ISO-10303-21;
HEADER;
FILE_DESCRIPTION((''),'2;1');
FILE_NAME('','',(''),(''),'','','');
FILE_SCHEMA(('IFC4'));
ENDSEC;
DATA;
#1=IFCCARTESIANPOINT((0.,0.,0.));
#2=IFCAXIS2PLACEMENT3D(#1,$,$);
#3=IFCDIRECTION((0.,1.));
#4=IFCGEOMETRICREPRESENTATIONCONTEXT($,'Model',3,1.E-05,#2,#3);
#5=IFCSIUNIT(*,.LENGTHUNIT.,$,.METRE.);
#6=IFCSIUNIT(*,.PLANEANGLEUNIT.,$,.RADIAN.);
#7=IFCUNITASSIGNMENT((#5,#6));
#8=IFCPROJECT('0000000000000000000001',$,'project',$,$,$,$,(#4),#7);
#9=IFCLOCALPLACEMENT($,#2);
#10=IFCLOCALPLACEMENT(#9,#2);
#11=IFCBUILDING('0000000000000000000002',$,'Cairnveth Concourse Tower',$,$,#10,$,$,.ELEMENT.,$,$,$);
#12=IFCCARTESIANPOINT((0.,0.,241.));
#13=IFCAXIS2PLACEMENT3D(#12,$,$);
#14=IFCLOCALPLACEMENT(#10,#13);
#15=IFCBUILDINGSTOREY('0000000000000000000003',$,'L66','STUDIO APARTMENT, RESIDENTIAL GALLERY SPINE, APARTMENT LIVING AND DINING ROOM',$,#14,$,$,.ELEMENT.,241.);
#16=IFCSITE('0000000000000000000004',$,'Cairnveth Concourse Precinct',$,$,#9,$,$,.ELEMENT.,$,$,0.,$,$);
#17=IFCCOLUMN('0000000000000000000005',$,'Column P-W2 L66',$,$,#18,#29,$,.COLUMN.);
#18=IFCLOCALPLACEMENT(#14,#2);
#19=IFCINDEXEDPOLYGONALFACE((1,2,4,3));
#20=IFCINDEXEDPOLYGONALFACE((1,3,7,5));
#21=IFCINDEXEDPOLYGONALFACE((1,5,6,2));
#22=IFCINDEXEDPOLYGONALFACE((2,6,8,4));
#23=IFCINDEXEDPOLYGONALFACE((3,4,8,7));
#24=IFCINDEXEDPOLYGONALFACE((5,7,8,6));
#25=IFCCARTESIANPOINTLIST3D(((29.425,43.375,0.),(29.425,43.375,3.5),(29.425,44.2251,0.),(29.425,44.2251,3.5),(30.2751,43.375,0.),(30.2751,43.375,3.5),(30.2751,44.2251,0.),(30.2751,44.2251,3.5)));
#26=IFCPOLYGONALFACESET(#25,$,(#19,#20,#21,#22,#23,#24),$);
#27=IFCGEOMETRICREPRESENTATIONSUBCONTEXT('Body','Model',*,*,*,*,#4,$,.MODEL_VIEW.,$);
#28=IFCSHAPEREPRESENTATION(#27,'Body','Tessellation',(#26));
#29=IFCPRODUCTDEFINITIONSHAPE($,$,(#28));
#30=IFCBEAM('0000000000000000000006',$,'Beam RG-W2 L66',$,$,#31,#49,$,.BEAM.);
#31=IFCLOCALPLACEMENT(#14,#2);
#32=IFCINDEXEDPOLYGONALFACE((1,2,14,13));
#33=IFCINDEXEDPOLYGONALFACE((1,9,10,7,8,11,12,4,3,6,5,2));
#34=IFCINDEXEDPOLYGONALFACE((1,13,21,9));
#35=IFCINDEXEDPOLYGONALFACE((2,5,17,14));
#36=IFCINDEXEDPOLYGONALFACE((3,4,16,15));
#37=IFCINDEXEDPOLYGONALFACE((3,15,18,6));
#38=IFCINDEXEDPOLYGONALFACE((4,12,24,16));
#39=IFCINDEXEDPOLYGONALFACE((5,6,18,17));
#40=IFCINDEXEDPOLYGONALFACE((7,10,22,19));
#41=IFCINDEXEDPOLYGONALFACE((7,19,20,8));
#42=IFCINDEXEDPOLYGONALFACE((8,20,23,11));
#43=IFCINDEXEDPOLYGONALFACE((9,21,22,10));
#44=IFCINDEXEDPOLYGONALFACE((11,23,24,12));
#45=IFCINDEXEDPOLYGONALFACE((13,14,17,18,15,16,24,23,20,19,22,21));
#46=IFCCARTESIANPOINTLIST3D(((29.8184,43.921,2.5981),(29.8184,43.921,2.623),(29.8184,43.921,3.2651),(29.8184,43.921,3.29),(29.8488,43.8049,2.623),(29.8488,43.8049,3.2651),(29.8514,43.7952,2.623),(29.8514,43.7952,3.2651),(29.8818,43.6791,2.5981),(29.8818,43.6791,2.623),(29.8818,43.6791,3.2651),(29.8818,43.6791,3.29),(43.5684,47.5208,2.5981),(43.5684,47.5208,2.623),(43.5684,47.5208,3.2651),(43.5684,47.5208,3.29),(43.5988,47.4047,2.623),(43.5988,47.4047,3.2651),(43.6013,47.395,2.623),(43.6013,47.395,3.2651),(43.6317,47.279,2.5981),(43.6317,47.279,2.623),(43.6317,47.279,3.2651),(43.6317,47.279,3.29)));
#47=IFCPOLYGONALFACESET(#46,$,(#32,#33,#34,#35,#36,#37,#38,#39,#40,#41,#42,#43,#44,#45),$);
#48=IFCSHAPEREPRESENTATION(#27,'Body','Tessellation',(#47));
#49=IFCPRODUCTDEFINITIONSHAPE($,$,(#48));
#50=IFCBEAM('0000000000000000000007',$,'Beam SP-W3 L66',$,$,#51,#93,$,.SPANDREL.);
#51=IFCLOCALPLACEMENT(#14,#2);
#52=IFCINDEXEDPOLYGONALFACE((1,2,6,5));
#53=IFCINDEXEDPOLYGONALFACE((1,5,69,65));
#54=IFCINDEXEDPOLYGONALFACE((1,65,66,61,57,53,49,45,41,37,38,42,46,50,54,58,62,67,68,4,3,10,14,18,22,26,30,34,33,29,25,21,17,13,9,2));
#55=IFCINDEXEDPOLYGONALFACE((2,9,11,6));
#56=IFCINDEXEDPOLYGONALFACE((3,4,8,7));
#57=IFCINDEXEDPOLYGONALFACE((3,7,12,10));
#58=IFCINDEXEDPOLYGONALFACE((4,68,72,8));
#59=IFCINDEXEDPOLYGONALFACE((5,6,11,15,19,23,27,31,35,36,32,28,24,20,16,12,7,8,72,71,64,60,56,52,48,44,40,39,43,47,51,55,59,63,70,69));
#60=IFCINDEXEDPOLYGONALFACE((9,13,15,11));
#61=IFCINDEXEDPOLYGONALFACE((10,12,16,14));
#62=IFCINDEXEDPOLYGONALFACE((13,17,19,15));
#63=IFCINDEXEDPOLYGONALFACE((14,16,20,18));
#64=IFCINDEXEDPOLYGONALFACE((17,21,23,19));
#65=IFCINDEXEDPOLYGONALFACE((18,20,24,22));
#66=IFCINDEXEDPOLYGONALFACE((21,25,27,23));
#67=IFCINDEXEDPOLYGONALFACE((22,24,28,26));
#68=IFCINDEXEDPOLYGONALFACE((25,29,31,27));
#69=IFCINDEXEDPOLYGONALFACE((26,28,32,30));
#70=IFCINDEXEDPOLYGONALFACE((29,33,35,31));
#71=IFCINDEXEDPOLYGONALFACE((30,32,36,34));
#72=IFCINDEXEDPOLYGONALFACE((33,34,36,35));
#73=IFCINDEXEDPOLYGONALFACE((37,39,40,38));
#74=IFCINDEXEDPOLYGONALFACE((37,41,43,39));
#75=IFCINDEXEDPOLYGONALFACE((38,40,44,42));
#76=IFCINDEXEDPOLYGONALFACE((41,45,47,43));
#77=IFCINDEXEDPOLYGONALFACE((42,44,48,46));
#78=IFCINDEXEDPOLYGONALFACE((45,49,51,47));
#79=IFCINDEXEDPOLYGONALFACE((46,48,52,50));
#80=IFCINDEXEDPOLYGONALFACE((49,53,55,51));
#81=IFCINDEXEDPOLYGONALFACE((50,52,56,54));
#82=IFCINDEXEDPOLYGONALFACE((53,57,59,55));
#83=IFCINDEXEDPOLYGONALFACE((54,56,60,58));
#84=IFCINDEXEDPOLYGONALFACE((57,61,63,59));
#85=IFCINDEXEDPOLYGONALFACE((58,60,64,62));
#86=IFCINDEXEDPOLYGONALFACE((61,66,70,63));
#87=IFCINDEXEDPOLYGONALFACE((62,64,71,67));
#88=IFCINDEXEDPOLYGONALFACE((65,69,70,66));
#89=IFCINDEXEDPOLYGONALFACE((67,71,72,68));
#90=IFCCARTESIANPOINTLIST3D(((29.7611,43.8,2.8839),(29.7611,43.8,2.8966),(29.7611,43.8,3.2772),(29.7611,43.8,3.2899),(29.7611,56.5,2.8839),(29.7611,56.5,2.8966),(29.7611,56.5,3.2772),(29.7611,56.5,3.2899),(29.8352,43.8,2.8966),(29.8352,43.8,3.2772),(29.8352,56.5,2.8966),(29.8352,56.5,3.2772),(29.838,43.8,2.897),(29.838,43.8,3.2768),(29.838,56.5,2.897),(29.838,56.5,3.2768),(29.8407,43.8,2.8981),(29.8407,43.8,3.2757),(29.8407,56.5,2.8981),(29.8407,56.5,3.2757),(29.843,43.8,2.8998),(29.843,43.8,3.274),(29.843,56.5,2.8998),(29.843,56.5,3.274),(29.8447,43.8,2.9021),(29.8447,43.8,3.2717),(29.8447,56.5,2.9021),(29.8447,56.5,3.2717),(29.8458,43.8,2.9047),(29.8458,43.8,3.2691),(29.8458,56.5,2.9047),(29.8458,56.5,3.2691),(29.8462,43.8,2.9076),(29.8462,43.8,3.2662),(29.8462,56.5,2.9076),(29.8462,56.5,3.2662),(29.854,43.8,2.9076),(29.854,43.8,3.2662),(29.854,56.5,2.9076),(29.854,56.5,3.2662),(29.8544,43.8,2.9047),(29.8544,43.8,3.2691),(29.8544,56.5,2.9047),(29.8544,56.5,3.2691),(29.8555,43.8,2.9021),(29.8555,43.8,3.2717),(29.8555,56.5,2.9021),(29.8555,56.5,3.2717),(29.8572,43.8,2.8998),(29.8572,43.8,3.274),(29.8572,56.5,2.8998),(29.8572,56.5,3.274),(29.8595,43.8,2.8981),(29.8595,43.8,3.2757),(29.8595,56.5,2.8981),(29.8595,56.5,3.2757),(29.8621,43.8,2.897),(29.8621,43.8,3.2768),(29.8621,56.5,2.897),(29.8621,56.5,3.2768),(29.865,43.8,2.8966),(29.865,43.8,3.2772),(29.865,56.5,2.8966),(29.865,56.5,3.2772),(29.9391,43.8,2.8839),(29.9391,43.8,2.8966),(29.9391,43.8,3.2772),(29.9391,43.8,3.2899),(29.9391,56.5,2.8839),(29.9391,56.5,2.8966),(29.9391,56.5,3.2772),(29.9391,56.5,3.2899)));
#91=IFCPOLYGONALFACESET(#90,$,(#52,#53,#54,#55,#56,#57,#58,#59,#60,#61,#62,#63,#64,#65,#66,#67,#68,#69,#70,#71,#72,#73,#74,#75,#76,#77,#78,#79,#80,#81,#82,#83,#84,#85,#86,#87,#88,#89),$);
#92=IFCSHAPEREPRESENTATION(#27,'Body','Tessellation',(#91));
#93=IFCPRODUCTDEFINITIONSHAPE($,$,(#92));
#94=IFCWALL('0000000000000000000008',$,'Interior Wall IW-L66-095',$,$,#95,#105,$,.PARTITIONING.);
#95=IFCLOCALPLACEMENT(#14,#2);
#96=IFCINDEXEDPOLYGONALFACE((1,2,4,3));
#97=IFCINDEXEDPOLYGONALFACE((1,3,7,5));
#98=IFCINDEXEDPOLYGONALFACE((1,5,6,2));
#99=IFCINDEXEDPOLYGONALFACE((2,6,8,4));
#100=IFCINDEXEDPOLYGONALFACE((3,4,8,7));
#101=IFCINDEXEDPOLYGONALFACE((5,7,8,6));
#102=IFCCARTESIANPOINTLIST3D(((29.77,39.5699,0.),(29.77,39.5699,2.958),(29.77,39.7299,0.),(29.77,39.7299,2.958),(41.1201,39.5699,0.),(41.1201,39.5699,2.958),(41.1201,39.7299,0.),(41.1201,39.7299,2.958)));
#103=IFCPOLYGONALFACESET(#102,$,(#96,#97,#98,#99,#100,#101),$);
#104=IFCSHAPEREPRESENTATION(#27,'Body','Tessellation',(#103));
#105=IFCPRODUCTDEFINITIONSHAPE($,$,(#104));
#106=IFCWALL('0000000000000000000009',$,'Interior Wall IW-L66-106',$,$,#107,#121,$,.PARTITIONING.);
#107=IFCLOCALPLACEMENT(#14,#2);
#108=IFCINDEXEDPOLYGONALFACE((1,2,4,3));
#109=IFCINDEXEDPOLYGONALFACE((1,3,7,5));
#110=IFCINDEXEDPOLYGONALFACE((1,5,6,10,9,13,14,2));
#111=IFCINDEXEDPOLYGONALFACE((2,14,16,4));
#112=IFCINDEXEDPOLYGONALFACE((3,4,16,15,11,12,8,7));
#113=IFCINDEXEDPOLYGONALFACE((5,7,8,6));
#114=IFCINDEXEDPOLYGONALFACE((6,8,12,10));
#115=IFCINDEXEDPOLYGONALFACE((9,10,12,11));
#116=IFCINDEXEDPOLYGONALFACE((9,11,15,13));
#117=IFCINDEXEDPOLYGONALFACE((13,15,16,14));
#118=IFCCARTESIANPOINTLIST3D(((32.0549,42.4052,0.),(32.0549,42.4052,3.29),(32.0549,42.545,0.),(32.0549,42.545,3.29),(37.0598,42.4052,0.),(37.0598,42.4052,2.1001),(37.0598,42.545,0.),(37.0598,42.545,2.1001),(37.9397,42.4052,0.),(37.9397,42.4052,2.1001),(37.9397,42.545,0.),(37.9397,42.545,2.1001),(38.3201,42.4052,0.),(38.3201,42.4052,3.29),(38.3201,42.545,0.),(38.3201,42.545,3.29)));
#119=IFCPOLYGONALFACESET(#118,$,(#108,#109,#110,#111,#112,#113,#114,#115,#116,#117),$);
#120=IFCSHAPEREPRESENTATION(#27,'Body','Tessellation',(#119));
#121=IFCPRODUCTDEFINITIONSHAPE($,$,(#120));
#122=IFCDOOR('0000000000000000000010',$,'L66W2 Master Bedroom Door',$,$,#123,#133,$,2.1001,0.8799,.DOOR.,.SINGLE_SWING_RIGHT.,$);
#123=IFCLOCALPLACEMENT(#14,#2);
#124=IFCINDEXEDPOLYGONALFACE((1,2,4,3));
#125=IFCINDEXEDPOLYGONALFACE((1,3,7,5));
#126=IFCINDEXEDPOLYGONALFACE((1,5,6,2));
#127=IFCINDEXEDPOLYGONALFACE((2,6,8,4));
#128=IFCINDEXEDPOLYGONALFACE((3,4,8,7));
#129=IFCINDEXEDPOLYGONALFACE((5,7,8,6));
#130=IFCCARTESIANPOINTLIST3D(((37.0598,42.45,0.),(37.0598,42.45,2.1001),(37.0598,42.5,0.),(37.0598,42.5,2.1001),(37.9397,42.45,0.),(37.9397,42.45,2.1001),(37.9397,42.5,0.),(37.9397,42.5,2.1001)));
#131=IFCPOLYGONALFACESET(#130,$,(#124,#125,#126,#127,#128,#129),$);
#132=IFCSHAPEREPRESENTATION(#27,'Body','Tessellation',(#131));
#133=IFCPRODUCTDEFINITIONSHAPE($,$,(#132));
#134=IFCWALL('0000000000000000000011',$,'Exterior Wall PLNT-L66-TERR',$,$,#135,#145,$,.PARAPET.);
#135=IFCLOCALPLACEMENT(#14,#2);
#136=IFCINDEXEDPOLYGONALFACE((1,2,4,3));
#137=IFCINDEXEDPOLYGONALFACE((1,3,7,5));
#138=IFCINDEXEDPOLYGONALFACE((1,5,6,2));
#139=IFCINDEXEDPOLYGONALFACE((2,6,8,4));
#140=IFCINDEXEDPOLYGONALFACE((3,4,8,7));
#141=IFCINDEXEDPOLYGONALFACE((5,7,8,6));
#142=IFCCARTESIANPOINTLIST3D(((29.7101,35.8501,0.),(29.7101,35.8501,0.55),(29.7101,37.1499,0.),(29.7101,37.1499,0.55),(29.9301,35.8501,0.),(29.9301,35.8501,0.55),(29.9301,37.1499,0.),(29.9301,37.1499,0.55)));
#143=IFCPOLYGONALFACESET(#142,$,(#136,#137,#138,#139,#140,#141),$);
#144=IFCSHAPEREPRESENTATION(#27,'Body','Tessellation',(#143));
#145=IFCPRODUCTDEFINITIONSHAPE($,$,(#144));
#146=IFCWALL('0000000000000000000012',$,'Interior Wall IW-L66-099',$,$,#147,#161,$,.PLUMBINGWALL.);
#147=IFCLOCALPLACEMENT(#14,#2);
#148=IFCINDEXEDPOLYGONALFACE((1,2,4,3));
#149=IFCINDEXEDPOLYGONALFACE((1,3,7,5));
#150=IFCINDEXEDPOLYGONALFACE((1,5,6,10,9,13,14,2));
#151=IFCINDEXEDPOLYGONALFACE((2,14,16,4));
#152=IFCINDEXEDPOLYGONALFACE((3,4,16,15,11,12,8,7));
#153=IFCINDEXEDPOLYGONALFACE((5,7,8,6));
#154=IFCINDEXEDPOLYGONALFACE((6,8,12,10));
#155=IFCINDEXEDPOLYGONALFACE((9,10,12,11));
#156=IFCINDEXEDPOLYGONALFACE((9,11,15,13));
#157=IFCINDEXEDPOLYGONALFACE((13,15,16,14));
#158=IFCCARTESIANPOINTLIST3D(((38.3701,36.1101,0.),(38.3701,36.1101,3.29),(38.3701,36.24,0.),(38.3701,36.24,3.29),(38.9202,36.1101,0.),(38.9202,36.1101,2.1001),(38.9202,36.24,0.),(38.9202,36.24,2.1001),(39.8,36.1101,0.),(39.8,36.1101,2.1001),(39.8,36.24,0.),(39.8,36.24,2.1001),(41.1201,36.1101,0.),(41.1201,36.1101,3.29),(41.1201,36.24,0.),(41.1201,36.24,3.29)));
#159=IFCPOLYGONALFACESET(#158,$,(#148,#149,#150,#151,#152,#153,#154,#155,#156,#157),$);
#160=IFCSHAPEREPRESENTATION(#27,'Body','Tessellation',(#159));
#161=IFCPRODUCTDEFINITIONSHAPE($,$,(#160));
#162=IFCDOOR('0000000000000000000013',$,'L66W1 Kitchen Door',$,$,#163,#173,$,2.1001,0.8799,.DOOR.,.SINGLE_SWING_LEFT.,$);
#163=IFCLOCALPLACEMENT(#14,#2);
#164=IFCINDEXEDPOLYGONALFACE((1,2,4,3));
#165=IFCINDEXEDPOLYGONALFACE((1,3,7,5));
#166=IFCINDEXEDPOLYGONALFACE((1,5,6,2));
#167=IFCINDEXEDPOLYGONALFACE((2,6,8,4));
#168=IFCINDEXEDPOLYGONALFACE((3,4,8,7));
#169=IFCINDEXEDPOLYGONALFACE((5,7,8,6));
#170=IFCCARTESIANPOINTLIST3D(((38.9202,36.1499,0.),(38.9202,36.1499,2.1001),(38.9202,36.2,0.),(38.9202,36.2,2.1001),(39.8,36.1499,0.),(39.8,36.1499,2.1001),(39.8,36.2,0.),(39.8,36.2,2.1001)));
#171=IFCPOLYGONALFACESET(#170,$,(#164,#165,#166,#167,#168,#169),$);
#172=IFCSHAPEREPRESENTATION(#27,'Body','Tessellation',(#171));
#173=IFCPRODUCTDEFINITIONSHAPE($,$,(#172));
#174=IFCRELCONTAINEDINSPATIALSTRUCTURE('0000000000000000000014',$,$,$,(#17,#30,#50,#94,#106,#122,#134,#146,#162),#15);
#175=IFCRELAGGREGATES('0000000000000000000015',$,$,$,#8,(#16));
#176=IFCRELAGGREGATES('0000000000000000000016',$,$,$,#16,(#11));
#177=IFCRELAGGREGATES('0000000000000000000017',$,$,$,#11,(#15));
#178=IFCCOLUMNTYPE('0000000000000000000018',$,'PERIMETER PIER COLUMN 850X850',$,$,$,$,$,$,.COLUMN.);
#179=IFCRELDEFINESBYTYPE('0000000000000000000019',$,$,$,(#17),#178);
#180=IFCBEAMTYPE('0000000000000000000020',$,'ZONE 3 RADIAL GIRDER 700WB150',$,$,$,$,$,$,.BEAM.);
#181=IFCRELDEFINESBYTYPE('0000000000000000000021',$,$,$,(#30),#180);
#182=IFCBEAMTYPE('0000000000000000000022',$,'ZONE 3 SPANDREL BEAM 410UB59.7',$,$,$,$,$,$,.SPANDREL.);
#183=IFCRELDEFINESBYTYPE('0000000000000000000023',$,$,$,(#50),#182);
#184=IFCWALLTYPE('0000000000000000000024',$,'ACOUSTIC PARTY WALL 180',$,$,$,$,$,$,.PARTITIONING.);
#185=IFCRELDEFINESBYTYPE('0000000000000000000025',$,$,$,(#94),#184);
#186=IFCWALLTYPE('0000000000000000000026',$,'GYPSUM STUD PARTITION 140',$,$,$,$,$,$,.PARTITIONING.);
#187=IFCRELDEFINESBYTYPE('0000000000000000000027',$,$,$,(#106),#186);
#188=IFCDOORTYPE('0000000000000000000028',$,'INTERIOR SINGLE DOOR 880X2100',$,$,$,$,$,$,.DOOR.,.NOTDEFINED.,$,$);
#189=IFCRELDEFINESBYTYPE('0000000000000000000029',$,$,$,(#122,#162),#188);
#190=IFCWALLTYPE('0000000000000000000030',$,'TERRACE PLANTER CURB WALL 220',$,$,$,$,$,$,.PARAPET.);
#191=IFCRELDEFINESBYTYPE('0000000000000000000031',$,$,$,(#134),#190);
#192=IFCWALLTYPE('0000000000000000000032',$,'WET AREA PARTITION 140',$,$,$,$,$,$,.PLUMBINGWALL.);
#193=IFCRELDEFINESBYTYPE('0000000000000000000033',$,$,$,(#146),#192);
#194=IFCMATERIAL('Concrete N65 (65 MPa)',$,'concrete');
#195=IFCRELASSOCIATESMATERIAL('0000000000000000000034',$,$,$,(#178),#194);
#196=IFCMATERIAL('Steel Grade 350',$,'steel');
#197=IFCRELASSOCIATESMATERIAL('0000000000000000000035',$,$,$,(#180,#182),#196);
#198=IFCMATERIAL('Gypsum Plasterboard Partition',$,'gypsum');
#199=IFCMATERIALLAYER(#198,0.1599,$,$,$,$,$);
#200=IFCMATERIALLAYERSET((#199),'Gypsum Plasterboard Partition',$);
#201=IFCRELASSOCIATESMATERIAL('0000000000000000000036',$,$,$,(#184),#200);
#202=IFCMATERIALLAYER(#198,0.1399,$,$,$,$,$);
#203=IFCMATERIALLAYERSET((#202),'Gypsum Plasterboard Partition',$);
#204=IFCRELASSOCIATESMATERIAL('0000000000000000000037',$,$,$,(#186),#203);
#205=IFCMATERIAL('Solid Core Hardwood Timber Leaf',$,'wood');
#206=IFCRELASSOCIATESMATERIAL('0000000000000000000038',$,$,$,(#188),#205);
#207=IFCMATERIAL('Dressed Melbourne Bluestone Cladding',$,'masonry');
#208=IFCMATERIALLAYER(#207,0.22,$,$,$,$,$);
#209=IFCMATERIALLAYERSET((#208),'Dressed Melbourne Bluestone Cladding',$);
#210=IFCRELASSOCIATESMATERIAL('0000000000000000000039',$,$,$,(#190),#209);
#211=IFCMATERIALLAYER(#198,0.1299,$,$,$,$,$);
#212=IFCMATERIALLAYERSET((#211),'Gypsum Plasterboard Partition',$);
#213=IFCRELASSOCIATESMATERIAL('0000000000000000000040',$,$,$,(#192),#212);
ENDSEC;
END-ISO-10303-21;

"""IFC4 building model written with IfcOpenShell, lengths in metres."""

from ifc_helpers import new_model, si_unit, direction, frame, frame_2d, origin, origin_2d, place, context, subcontext, project, spatial, rectangle, i_section, extrude, material, layer, layer_set, material_profile, profile_set, type_object, element, fill, save


model = new_model("IFC4")

# Units and contexts
model_context = context("Model", 3, precision=1e-05, world=origin(), true_north=direction((0.0, 1.0)))
body_context = subcontext(model_context, "Body", "Model", "MODEL_VIEW")
ifc_project = project(units=[si_unit("LENGTHUNIT", "METRE"), si_unit("PLANEANGLEUNIT", "RADIAN")], contexts=[model_context])

# Site, building, storey
site_placement = place(None, origin())
site = spatial("IfcSite", under=ifc_project, at=site_placement, Name="Cairnveth Concourse Precinct", CompositionType="ELEMENT", RefElevation=0.0)
building_placement = place(site_placement, origin())
building = spatial("IfcBuilding", under=site, at=building_placement, Name="Cairnveth Concourse Tower", CompositionType="ELEMENT")
storey_placement = place(building_placement, frame((0.0, 0.0, 241.0)))
storey = spatial("IfcBuildingStorey", under=building, at=storey_placement, Name="L66", Description="STUDIO APARTMENT, RESIDENTIAL GALLERY SPINE, APARTMENT LIVING AND DINING ROOM", CompositionType="ELEMENT", Elevation=241.0)

# Column
ifc_material_1 = material(Name="Concrete N65 (65 MPa)", Category="concrete")
ifc_material_profile_1 = material_profile(ifc_material_1, rectangle(XDim=0.8501, YDim=0.8501, at=origin_2d()), Name="RC-COL-850x850")
ifc_profile_set_1 = profile_set([ifc_material_profile_1], Name="Concrete N65 (65 MPa)")
column_type = type_object("IfcColumnType", Name="PERIMETER PIER COLUMN 850X850", PredefinedType="COLUMN", material=ifc_profile_set_1)
column_placement = place(storey_placement, frame((29.8501, 43.8, 0.0), z_axis=(0.0, 0.0, 1.0), x_axis=(0.0, 1.0, 0.0)))
element("IfcColumn", 1, at=column_placement, inside=storey, type_object=column_type, Name="Column P-W2 L66", PredefinedType="COLUMN", context=body_context, shape_type="SweptSolid", body=[
    extrude(rectangle(XDim=0.8501, YDim=0.8501, at=origin_2d()), origin(), (0.0, 0.0, 1.0), 3.5),
])

# Beams
ifc_material_2 = material(Name="Steel Grade 350", Category="steel")
ifc_material_profile_2 = material_profile(ifc_material_2, i_section(OverallWidth=0.25, OverallDepth=0.6919, WebThickness=0.01, FlangeThickness=0.0249, at=origin_2d()), Name="700WB150")
ifc_profile_set_2 = profile_set([ifc_material_profile_2], Name="Steel Grade 350")
beam_type_1 = type_object("IfcBeamType", Name="ZONE 3 RADIAL GIRDER 700WB150", PredefinedType="BEAM", material=ifc_profile_set_2)
beam_1_placement = place(storey_placement, frame((29.8501, 43.8, 2.9441), z_axis=(0.967395, 0.253271, 0.0), x_axis=(-0.253271, 0.967395, 0.0)))
element("IfcBeam", 2, at=beam_1_placement, inside=storey, type_object=beam_type_1, Name="Beam RG-W2 L66", PredefinedType="BEAM", context=body_context, shape_type="SweptSolid", body=[
    extrude(i_section(OverallWidth=0.25, OverallDepth=0.6919, WebThickness=0.01, FlangeThickness=0.0249, at=origin_2d()), origin(), (0.0, 0.0, 1.0), 14.2134),
])
ifc_material_profile_3 = material_profile(ifc_material_2, i_section(OverallWidth=0.178, OverallDepth=0.406, WebThickness=0.0078, FlangeThickness=0.0127, FilletRadius=0.011, at=origin_2d()), Name="410UB59.7")
ifc_profile_set_3 = profile_set([ifc_material_profile_3], Name="Steel Grade 350")
beam_type_2 = type_object("IfcBeamType", Name="ZONE 3 SPANDREL BEAM 410UB59.7", PredefinedType="SPANDREL", material=ifc_profile_set_3)
beam_2_placement = place(storey_placement, frame((29.8501, 43.8, 3.0869), z_axis=(0.0, 1.0, 0.0), x_axis=(-1.0, 0.0, 0.0)))
element("IfcBeam", 3, at=beam_2_placement, inside=storey, type_object=beam_type_2, Name="Beam SP-W3 L66", PredefinedType="SPANDREL", context=body_context, shape_type="SweptSolid", body=[
    extrude(i_section(OverallWidth=0.178, OverallDepth=0.406, WebThickness=0.0078, FlangeThickness=0.0127, FilletRadius=0.011, at=origin_2d()), origin(), (0.0, 0.0, 1.0), 12.7),
])

# Wall
ifc_material_3 = material(Name="Gypsum Plasterboard Partition", Category="gypsum")
ifc_layer_1 = layer(ifc_material_3, 0.1599)
ifc_layer_set_1 = layer_set([ifc_layer_1], Name="Gypsum Plasterboard Partition")
wall_type_1 = type_object("IfcWallType", Name="ACOUSTIC PARTY WALL 180", PredefinedType="PARTITIONING", material=ifc_layer_set_1)
wall_1_placement = place(storey_placement, frame((29.77, 39.6499, 0.0), z_axis=(0.0, 0.0, 1.0), x_axis=(1.0, 0.0, 0.0)))
element("IfcWall", 4, at=wall_1_placement, inside=storey, type_object=wall_type_1, Name="Interior Wall IW-L66-095", PredefinedType="PARTITIONING", context=body_context, shape_type="SweptSolid", body=[
    extrude(rectangle(XDim=11.3501, YDim=0.1599, at=frame_2d((5.675, 0.0))), origin(), (0.0, 0.0, 1.0), 2.958),
])

# Wall, opening, door
ifc_layer_2 = layer(ifc_material_3, 0.1399)
ifc_layer_set_2 = layer_set([ifc_layer_2], Name="Gypsum Plasterboard Partition")
wall_type_2 = type_object("IfcWallType", Name="GYPSUM STUD PARTITION 140", PredefinedType="PARTITIONING", material=ifc_layer_set_2)
wall_2_placement = place(storey_placement, frame((32.0549, 42.4751, 0.0), z_axis=(0.0, 0.0, 1.0), x_axis=(1.0, 0.0, 0.0)))
wall_2 = element("IfcWall", 5, at=wall_2_placement, inside=storey, type_object=wall_type_2, Name="Interior Wall IW-L66-106", PredefinedType="PARTITIONING", context=body_context, shape_type="SweptSolid", body=[
    extrude(rectangle(XDim=6.2651, YDim=0.1399, at=frame_2d((3.1326, 0.0))), origin(), (0.0, 0.0, 1.0), 3.29),
])
opening_1_placement = place(wall_2_placement, frame((5.0049, 0.0, 0.0)))
opening_1 = element("IfcOpeningElement", 6, at=opening_1_placement, cuts=wall_2, PredefinedType="OPENING", context=body_context, shape_type="SweptSolid", body=[
    extrude(rectangle(XDim=0.8799, YDim=2.1001, at=frame_2d((0.4399, 1.05))), frame((0.0, 0.0798, 0.0), z_axis=(0.0, -1.0, 0.0), x_axis=(1.0, 0.0, 0.0)), (0.0, 0.0, 1.0), 0.1599),
])
ifc_material_4 = material(Name="Solid Core Hardwood Timber Leaf", Category="wood")
door_type_1 = type_object("IfcDoorType", Name="INTERIOR SINGLE DOOR 880X2100", OperationType="NOTDEFINED", PredefinedType="DOOR", material=ifc_material_4)
door_1_placement = place(opening_1_placement, origin())
door_1 = element("IfcDoor", 7, at=door_1_placement, inside=storey, type_object=door_type_1, Name="L66W2 Master Bedroom Door", OperationType="SINGLE_SWING_RIGHT", OverallHeight=2.1001, OverallWidth=0.8799, PredefinedType="DOOR", context=body_context, shape_type="SweptSolid", body=[
    extrude(rectangle(XDim=0.8799, YDim=2.1001, at=frame_2d((0.4399, 1.05))), frame((0.0, 0.0249, 0.0), z_axis=(0.0, -1.0, 0.0), x_axis=(1.0, 0.0, 0.0)), (0.0, 0.0, 1.0), 0.05),
])
fill(opening_1, door_1)

# Wall
ifc_material_5 = material(Name="Dressed Melbourne Bluestone Cladding", Category="masonry")
ifc_layer_3 = layer(ifc_material_5, 0.22)
ifc_layer_set_3 = layer_set([ifc_layer_3], Name="Dressed Melbourne Bluestone Cladding")
wall_type_3 = type_object("IfcWallType", Name="TERRACE PLANTER CURB WALL 220", PredefinedType="PARAPET", material=ifc_layer_set_3)
wall_3_placement = place(storey_placement, frame((29.8201, 35.8501, 0.0), z_axis=(0.0, 0.0, 1.0), x_axis=(0.0, 1.0, 0.0)))
element("IfcWall", 8, at=wall_3_placement, inside=storey, type_object=wall_type_3, Name="Exterior Wall PLNT-L66-TERR", PredefinedType="PARAPET", context=body_context, shape_type="SweptSolid", body=[
    extrude(rectangle(XDim=1.2998, YDim=0.22, at=frame_2d((0.6499, 0.0))), origin(), (0.0, 0.0, 1.0), 0.55),
])

# Wall, opening, door
ifc_layer_4 = layer(ifc_material_3, 0.1299)
ifc_layer_set_4 = layer_set([ifc_layer_4], Name="Gypsum Plasterboard Partition")
wall_type_4 = type_object("IfcWallType", Name="WET AREA PARTITION 140", PredefinedType="PLUMBINGWALL", material=ifc_layer_set_4)
wall_4_placement = place(storey_placement, frame((38.3701, 36.175, 0.0), z_axis=(0.0, 0.0, 1.0), x_axis=(1.0, 0.0, 0.0)))
wall_4 = element("IfcWall", 9, at=wall_4_placement, inside=storey, type_object=wall_type_4, Name="Interior Wall IW-L66-099", PredefinedType="PLUMBINGWALL", context=body_context, shape_type="SweptSolid", body=[
    extrude(rectangle(XDim=2.75, YDim=0.1299, at=frame_2d((1.375, 0.0))), origin(), (0.0, 0.0, 1.0), 3.29),
])
opening_2_placement = place(wall_4_placement, frame((0.55, 0.0, 0.0)))
opening_2 = element("IfcOpeningElement", 10, at=opening_2_placement, cuts=wall_4, PredefinedType="OPENING", context=body_context, shape_type="SweptSolid", body=[
    extrude(rectangle(XDim=0.8799, YDim=2.1001, at=frame_2d((0.4399, 1.05))), frame((0.0, 0.075, 0.0), z_axis=(0.0, -1.0, 0.0), x_axis=(1.0, 0.0, 0.0)), (0.0, 0.0, 1.0), 0.1499),
])
door_2_placement = place(opening_2_placement, origin())
door_2 = element("IfcDoor", 11, at=door_2_placement, inside=storey, type_object=door_type_1, Name="L66W1 Kitchen Door", OperationType="SINGLE_SWING_LEFT", OverallHeight=2.1001, OverallWidth=0.8799, PredefinedType="DOOR", context=body_context, shape_type="SweptSolid", body=[
    extrude(rectangle(XDim=0.8799, YDim=2.1001, at=frame_2d((0.4399, 1.05))), frame((0.0, 0.0249, 0.0), z_axis=(0.0, -1.0, 0.0), x_axis=(1.0, 0.0, 0.0)), (0.0, 0.0, 1.0), 0.05),
])
fill(opening_2, door_2)

save(model, "model.ifc")
